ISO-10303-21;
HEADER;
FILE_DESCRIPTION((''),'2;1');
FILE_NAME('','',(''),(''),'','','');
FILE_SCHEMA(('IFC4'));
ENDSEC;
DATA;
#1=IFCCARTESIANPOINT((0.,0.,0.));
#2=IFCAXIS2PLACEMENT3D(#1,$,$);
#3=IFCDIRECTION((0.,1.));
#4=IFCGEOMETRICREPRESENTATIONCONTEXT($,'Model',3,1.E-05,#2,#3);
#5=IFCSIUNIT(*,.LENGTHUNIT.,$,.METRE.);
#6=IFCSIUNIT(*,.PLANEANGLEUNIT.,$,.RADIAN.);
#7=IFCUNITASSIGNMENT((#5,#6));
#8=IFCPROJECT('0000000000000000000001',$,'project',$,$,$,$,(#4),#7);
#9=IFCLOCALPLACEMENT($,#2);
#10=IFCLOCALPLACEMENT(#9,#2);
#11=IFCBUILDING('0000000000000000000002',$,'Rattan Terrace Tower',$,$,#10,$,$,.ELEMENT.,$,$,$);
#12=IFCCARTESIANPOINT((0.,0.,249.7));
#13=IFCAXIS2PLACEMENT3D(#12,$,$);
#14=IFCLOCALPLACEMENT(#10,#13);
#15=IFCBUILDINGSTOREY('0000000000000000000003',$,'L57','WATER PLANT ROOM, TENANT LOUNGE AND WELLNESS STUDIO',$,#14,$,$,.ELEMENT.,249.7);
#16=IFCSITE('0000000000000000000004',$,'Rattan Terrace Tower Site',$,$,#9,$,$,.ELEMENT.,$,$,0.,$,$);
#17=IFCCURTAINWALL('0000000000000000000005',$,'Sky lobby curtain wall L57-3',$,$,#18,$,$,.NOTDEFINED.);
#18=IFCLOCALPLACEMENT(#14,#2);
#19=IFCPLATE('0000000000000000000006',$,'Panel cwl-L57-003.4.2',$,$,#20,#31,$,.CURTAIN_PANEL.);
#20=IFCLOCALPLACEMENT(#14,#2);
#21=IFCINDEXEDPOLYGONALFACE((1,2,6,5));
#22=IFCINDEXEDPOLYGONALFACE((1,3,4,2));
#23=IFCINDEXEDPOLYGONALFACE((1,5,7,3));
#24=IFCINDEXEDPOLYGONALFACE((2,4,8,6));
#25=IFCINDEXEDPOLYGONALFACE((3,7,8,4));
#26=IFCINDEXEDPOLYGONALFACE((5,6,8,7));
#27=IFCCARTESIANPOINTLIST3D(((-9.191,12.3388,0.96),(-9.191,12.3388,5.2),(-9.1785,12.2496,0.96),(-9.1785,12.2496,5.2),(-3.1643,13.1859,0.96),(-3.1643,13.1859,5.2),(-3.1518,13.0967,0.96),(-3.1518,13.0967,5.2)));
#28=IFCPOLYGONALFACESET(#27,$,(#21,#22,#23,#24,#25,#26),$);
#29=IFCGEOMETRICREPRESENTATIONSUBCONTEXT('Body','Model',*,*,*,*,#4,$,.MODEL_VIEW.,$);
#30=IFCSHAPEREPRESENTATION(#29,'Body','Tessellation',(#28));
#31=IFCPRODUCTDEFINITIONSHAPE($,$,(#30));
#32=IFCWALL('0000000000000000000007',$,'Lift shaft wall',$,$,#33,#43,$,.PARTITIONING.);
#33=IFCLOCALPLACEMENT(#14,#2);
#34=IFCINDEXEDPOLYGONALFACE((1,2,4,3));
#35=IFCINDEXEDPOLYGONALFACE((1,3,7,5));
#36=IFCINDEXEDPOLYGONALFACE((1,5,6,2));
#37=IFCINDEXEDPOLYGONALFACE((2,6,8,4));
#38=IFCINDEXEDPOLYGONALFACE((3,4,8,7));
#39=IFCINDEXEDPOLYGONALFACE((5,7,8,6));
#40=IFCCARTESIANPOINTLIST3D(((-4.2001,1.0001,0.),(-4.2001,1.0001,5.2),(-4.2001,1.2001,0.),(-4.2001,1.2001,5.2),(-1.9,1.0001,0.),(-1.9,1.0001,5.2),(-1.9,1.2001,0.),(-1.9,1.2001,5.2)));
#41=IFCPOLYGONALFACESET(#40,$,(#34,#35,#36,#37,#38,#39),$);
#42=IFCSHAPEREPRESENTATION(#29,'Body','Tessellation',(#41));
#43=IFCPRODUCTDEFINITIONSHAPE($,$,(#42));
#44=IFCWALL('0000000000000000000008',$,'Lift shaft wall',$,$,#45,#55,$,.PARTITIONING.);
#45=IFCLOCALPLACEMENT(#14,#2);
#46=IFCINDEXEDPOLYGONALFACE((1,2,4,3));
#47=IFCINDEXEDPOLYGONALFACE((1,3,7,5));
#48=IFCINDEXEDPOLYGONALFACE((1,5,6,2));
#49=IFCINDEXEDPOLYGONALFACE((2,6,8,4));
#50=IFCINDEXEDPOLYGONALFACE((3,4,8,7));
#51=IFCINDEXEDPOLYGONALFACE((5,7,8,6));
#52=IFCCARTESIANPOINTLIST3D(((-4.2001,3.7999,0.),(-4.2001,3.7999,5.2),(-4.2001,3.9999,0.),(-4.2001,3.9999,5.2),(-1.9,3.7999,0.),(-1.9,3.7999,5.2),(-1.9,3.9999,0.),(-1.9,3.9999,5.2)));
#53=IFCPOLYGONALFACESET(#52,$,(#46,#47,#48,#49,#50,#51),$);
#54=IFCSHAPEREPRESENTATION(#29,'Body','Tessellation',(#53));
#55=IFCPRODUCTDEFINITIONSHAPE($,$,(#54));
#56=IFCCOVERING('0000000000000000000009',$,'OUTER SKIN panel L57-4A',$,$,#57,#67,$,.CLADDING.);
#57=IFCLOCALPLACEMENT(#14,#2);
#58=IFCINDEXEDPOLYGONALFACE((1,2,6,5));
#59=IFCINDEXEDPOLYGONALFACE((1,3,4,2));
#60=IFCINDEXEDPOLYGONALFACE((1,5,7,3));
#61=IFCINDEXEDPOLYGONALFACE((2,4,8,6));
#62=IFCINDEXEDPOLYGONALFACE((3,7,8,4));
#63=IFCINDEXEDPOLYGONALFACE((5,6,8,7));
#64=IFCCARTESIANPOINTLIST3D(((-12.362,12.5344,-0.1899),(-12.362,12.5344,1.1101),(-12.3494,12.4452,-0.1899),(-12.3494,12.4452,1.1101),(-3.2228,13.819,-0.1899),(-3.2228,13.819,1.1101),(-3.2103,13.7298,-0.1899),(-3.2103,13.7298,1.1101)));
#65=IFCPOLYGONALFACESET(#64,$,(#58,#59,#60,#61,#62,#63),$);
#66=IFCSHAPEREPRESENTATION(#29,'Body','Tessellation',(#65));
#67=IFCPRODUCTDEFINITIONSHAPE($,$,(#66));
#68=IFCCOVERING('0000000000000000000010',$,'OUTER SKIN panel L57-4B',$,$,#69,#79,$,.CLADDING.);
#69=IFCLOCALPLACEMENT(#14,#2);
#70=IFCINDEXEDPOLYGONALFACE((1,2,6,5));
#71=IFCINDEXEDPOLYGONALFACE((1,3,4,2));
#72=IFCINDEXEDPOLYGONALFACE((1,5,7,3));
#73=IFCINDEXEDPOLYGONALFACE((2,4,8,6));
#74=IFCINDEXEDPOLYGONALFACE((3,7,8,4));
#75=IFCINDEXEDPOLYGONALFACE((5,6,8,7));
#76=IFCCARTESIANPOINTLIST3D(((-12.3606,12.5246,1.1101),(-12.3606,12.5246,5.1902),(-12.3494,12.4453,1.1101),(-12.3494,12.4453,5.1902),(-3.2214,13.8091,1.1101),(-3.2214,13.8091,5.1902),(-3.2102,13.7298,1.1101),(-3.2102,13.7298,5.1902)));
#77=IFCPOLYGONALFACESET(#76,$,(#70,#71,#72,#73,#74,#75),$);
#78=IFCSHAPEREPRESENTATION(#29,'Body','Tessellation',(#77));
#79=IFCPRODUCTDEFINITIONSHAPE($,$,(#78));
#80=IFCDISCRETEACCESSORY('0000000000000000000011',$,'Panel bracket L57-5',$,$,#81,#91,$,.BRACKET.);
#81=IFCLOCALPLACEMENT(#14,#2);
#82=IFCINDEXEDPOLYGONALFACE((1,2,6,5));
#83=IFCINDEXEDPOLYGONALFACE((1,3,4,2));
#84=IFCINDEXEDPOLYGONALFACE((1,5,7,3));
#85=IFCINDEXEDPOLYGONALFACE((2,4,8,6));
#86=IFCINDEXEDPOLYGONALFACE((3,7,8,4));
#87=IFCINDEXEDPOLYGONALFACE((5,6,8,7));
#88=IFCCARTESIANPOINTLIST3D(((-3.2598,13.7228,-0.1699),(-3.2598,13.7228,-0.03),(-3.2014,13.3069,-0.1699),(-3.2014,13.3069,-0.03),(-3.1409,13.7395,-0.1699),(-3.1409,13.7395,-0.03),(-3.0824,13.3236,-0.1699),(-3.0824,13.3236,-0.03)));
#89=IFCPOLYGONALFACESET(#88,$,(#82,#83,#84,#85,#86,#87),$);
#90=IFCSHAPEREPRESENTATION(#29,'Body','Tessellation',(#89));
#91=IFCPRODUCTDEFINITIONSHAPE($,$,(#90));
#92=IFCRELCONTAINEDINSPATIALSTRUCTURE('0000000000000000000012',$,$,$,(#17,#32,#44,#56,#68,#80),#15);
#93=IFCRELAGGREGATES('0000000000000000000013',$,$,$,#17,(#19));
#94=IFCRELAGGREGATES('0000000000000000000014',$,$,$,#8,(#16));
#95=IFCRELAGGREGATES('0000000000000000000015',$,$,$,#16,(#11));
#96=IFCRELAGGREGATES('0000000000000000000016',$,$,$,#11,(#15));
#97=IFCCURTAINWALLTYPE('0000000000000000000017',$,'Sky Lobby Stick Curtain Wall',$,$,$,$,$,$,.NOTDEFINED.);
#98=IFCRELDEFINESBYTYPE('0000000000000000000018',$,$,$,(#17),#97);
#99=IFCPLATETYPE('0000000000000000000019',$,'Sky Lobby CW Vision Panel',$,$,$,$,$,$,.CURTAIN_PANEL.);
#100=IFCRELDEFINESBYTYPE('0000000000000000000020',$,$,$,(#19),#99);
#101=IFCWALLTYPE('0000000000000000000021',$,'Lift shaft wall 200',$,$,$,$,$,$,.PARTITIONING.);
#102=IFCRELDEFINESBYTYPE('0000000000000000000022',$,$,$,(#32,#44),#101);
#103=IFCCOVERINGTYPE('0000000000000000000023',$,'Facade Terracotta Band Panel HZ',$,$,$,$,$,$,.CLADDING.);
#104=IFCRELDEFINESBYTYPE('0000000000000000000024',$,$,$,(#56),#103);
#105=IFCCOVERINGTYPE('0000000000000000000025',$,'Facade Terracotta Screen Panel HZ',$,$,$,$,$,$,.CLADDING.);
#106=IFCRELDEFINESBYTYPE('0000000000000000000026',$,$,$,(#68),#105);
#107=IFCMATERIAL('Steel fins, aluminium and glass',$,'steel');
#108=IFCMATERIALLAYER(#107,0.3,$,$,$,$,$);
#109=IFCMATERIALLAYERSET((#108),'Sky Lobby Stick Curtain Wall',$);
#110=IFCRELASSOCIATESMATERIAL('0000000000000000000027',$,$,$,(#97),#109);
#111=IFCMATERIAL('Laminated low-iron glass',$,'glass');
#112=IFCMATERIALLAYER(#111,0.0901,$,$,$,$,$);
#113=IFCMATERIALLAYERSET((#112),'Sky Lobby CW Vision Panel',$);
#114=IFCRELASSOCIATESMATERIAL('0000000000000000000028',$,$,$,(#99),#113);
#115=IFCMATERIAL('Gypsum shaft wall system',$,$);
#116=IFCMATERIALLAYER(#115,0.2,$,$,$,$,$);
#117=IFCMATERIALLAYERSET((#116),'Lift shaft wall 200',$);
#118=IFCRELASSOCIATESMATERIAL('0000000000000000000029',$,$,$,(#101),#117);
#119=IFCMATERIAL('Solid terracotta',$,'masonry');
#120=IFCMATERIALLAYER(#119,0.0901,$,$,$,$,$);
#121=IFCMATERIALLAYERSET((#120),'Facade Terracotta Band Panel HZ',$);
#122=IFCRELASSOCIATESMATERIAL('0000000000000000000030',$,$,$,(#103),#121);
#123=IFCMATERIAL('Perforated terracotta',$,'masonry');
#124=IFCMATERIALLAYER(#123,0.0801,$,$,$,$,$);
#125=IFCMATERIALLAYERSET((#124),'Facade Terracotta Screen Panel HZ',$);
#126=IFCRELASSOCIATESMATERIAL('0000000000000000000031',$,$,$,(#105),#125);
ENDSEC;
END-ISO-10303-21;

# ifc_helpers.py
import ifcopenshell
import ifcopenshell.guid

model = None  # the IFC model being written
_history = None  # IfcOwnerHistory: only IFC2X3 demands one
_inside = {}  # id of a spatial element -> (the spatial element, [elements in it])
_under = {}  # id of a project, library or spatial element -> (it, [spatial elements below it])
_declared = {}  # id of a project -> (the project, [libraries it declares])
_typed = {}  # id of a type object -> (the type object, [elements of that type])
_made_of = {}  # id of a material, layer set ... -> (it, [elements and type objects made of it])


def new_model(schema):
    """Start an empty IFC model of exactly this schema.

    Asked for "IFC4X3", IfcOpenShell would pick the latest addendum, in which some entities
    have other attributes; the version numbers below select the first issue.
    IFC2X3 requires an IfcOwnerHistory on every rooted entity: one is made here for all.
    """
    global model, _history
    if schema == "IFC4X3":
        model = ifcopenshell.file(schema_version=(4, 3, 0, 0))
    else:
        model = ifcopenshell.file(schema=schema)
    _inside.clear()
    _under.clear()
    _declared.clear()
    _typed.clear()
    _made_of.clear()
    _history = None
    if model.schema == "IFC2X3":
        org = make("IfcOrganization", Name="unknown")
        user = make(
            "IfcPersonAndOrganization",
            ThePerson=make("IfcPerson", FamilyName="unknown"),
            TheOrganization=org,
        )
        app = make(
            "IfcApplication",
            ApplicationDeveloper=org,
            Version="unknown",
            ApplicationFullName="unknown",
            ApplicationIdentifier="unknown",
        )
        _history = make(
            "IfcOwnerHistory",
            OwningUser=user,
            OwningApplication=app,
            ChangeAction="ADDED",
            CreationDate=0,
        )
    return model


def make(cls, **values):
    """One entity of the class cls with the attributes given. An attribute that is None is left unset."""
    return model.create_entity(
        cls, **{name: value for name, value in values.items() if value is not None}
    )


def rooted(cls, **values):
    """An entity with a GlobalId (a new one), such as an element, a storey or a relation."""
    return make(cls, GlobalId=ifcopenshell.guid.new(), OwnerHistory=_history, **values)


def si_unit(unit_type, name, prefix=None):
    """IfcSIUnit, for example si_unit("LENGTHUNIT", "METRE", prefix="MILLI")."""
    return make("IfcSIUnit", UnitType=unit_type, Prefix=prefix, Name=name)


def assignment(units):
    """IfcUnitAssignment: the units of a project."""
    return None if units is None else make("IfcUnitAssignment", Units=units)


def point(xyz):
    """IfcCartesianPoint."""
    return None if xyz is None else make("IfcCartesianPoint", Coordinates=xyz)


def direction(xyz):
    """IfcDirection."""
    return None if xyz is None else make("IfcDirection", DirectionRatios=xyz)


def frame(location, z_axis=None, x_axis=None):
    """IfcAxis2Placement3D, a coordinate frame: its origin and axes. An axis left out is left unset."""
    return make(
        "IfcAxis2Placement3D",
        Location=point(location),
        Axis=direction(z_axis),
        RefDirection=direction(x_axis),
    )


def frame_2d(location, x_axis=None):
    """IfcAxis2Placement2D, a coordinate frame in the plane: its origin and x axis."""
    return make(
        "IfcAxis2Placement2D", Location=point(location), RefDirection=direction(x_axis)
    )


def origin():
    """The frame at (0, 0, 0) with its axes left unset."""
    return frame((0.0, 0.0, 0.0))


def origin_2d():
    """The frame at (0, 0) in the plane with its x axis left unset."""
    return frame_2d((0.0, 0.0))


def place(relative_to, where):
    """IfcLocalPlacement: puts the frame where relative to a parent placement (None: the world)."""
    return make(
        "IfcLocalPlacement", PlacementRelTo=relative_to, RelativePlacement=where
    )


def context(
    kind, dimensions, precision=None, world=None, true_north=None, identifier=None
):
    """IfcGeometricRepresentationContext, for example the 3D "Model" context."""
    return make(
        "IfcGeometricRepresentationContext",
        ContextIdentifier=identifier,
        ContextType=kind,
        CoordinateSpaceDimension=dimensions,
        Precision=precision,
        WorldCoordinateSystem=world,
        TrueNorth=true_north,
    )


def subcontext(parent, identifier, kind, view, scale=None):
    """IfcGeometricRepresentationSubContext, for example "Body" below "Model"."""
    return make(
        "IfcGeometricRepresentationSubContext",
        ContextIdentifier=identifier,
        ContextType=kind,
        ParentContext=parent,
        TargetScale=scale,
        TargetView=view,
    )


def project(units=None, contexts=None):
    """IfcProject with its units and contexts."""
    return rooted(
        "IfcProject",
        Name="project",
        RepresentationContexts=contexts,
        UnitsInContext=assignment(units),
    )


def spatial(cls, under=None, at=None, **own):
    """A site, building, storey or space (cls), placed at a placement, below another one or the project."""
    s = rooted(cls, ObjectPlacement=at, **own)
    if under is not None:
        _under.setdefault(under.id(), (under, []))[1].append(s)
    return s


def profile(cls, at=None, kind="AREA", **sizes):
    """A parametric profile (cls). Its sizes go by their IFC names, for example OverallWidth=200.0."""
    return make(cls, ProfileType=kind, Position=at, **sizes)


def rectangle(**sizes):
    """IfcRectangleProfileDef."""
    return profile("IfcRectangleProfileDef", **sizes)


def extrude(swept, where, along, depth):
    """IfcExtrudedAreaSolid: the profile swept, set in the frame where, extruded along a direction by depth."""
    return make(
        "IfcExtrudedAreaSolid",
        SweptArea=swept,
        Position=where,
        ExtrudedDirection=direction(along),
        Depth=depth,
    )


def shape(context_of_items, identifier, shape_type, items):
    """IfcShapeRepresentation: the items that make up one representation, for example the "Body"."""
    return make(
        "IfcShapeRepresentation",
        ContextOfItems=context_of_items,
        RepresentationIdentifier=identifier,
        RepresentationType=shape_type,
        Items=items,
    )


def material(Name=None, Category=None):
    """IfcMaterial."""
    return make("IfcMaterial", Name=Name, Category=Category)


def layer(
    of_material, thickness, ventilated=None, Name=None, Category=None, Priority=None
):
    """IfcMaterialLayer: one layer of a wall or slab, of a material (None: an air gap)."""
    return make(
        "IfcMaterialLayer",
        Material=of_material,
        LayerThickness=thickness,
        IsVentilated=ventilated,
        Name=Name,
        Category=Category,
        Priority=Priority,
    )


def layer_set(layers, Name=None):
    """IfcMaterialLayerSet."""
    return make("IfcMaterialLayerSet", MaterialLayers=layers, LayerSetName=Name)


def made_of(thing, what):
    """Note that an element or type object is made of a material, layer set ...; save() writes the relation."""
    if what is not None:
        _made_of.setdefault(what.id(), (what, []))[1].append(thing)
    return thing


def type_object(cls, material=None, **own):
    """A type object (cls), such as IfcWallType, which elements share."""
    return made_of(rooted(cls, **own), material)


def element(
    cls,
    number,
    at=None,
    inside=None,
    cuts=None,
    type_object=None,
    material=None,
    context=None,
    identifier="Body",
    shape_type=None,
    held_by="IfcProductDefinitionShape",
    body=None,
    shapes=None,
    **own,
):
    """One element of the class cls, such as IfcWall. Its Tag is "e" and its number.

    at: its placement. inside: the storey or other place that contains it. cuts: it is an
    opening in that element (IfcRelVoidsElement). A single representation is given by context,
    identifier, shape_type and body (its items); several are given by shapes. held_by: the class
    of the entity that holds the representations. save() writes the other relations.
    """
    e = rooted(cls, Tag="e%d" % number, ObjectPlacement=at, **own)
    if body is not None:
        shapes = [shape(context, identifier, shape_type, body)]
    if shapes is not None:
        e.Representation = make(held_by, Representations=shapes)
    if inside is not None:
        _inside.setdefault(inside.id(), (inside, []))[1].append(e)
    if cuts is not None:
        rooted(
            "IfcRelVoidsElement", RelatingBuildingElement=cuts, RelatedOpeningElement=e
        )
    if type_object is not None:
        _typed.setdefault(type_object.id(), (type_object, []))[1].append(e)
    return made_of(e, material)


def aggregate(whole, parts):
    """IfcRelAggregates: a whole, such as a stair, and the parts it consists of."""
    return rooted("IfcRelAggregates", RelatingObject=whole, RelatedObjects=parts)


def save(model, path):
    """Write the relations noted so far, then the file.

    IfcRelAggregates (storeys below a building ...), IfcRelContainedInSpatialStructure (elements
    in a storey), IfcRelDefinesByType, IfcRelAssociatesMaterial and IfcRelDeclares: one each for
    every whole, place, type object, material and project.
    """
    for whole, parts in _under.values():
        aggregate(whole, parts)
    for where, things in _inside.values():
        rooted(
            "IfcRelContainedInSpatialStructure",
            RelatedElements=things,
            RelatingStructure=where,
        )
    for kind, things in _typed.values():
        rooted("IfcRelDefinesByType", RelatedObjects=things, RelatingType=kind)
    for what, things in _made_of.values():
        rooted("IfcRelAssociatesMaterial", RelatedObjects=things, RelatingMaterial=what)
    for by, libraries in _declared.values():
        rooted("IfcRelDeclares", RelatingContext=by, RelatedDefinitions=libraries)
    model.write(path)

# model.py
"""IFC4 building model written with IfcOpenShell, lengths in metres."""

from ifc_helpers import new_model, si_unit, direction, frame, frame_2d, origin, origin_2d, place, context, subcontext, project, spatial, rectangle, extrude, material, layer, layer_set, type_object, element, aggregate, save


model = new_model("IFC4")

# Units and contexts
model_context = context("Model", 3, precision=1e-05, world=origin(), true_north=direction((0.0, 1.0)))
body_context = subcontext(model_context, "Body", "Model", "MODEL_VIEW")
ifc_project = project(units=[si_unit("LENGTHUNIT", "METRE"), si_unit("PLANEANGLEUNIT", "RADIAN")], contexts=[model_context])

# Site, building, storey
site_placement = place(None, origin())
site = spatial("IfcSite", under=ifc_project, at=site_placement, Name="Rattan Terrace Tower Site", CompositionType="ELEMENT", RefElevation=0.0)
building_placement = place(site_placement, origin())
building = spatial("IfcBuilding", under=site, at=building_placement, Name="Rattan Terrace Tower", CompositionType="ELEMENT")
storey_placement = place(building_placement, frame((0.0, 0.0, 249.7)))
storey = spatial("IfcBuildingStorey", under=building, at=storey_placement, Name="L57", Description="WATER PLANT ROOM, TENANT LOUNGE AND WELLNESS STUDIO", CompositionType="ELEMENT", Elevation=249.7)

# Curtain wall
ifc_material_1 = material(Name="Steel fins, aluminium and glass", Category="steel")
ifc_layer_1 = layer(ifc_material_1, 0.3)
ifc_layer_set_1 = layer_set([ifc_layer_1], Name="Sky Lobby Stick Curtain Wall")
curtain_wall_type = type_object("IfcCurtainWallType", Name="Sky Lobby Stick Curtain Wall", PredefinedType="NOTDEFINED", material=ifc_layer_set_1)
curtain_wall_placement = place(storey_placement, origin())
curtain_wall = element("IfcCurtainWall", 1, at=curtain_wall_placement, inside=storey, type_object=curtain_wall_type, Name="Sky lobby curtain wall L57-3", PredefinedType="NOTDEFINED")

# Plate
ifc_material_2 = material(Name="Laminated low-iron glass", Category="glass")
ifc_layer_2 = layer(ifc_material_2, 0.0901)
ifc_layer_set_2 = layer_set([ifc_layer_2], Name="Sky Lobby CW Vision Panel")
plate_type_1 = type_object("IfcPlateType", Name="Sky Lobby CW Vision Panel", PredefinedType="CURTAIN_PANEL", material=ifc_layer_set_2)
plate_1_placement = place(storey_placement, frame((-6.1714, 12.7178, 0.96), z_axis=(0.0, 0.0, 1.0), x_axis=(-0.990266, -0.139189, 0.0)))
plate_1 = element("IfcPlate", 2, at=plate_1_placement, type_object=plate_type_1, Name="Panel cwl-L57-003.4.2", PredefinedType="CURTAIN_PANEL", context=body_context, shape_type="SweptSolid", body=[
    extrude(rectangle(XDim=6.0859, YDim=0.0901, at=origin_2d()), origin(), (0.0, 0.0, 1.0), 4.24),
])
aggregate(curtain_wall, [plate_1])

# Walls
ifc_material_3 = material(Name="Gypsum shaft wall system")
ifc_layer_3 = layer(ifc_material_3, 0.2)
ifc_layer_set_3 = layer_set([ifc_layer_3], Name="Lift shaft wall 200")
wall_type = type_object("IfcWallType", Name="Lift shaft wall 200", PredefinedType="PARTITIONING", material=ifc_layer_set_3)
for number, where, z_axis, x_axis, name in (
    (3, (-4.2, 1.1001, 0.0), (0.0, 0.0, 1.0), (1.0, 0.0, 0.0), "Lift shaft wall"),
    (4, (-4.2, 3.8999, 0.0), (0.0, 0.0, 1.0), (1.0, 0.0, 0.0), "Lift shaft wall"),
):
    element("IfcWall", number, at=place(storey_placement, frame(where, z_axis=z_axis, x_axis=x_axis)), inside=storey, type_object=wall_type, Name=name, PredefinedType="PARTITIONING", context=body_context, shape_type="SweptSolid", body=[
        extrude(rectangle(XDim=2.3, YDim=0.2, at=frame_2d((1.1499, 0.0))), origin(), (0.0, 0.0, 1.0), 5.2),
    ])

# Coverings
ifc_material_4 = material(Name="Solid terracotta", Category="masonry")
ifc_layer_4 = layer(ifc_material_4, 0.0901)
ifc_layer_set_4 = layer_set([ifc_layer_4], Name="Facade Terracotta Band Panel HZ")
covering_type_1 = type_object("IfcCoveringType", Name="Facade Terracotta Band Panel HZ", PredefinedType="CLADDING", material=ifc_layer_set_4)
covering_1_placement = place(storey_placement, frame((-7.7861, 13.1321, -0.1899), z_axis=(0.0, 0.0, 1.0), x_axis=(-0.990266, -0.139189, 0.0)))
element("IfcCovering", 5, at=covering_1_placement, inside=storey, type_object=covering_type_1, Name="OUTER SKIN panel L57-4A", PredefinedType="CLADDING", context=body_context, shape_type="SweptSolid", body=[
    extrude(rectangle(XDim=9.229, YDim=0.0901, at=origin_2d()), origin(), (0.0, 0.0, 1.0), 1.3),
])
ifc_material_5 = material(Name="Perforated terracotta", Category="masonry")
ifc_layer_5 = layer(ifc_material_5, 0.0801)
ifc_layer_set_5 = layer_set([ifc_layer_5], Name="Facade Terracotta Screen Panel HZ")
covering_type_2 = type_object("IfcCoveringType", Name="Facade Terracotta Screen Panel HZ", PredefinedType="CLADDING", material=ifc_layer_set_5)
covering_2_placement = place(storey_placement, frame((-7.7854, 13.1272, 1.1101), z_axis=(0.0, 0.0, 1.0), x_axis=(-0.990266, -0.139189, 0.0)))
element("IfcCovering", 6, at=covering_2_placement, inside=storey, type_object=covering_type_2, Name="OUTER SKIN panel L57-4B", PredefinedType="CLADDING", context=body_context, shape_type="SweptSolid", body=[
    extrude(rectangle(XDim=9.229, YDim=0.0801, at=origin_2d()), origin(), (0.0, 0.0, 1.0), 4.0801),
])

# Discrete accessory
discrete_accessory_placement = place(storey_placement, frame((-3.1711, 13.5232, -0.1699), z_axis=(0.0, 0.0, 1.0), x_axis=(-0.990266, -0.139189, 0.0)))
element("IfcDiscreteAccessory", 7, at=discrete_accessory_placement, inside=storey, Name="Panel bracket L57-5", PredefinedType="BRACKET", context=body_context, shape_type="SweptSolid", body=[
    extrude(rectangle(XDim=0.1201, YDim=0.4199, at=origin_2d()), origin(), (0.0, 0.0, 1.0), 0.1399),
])

save(model, "model.ifc")
